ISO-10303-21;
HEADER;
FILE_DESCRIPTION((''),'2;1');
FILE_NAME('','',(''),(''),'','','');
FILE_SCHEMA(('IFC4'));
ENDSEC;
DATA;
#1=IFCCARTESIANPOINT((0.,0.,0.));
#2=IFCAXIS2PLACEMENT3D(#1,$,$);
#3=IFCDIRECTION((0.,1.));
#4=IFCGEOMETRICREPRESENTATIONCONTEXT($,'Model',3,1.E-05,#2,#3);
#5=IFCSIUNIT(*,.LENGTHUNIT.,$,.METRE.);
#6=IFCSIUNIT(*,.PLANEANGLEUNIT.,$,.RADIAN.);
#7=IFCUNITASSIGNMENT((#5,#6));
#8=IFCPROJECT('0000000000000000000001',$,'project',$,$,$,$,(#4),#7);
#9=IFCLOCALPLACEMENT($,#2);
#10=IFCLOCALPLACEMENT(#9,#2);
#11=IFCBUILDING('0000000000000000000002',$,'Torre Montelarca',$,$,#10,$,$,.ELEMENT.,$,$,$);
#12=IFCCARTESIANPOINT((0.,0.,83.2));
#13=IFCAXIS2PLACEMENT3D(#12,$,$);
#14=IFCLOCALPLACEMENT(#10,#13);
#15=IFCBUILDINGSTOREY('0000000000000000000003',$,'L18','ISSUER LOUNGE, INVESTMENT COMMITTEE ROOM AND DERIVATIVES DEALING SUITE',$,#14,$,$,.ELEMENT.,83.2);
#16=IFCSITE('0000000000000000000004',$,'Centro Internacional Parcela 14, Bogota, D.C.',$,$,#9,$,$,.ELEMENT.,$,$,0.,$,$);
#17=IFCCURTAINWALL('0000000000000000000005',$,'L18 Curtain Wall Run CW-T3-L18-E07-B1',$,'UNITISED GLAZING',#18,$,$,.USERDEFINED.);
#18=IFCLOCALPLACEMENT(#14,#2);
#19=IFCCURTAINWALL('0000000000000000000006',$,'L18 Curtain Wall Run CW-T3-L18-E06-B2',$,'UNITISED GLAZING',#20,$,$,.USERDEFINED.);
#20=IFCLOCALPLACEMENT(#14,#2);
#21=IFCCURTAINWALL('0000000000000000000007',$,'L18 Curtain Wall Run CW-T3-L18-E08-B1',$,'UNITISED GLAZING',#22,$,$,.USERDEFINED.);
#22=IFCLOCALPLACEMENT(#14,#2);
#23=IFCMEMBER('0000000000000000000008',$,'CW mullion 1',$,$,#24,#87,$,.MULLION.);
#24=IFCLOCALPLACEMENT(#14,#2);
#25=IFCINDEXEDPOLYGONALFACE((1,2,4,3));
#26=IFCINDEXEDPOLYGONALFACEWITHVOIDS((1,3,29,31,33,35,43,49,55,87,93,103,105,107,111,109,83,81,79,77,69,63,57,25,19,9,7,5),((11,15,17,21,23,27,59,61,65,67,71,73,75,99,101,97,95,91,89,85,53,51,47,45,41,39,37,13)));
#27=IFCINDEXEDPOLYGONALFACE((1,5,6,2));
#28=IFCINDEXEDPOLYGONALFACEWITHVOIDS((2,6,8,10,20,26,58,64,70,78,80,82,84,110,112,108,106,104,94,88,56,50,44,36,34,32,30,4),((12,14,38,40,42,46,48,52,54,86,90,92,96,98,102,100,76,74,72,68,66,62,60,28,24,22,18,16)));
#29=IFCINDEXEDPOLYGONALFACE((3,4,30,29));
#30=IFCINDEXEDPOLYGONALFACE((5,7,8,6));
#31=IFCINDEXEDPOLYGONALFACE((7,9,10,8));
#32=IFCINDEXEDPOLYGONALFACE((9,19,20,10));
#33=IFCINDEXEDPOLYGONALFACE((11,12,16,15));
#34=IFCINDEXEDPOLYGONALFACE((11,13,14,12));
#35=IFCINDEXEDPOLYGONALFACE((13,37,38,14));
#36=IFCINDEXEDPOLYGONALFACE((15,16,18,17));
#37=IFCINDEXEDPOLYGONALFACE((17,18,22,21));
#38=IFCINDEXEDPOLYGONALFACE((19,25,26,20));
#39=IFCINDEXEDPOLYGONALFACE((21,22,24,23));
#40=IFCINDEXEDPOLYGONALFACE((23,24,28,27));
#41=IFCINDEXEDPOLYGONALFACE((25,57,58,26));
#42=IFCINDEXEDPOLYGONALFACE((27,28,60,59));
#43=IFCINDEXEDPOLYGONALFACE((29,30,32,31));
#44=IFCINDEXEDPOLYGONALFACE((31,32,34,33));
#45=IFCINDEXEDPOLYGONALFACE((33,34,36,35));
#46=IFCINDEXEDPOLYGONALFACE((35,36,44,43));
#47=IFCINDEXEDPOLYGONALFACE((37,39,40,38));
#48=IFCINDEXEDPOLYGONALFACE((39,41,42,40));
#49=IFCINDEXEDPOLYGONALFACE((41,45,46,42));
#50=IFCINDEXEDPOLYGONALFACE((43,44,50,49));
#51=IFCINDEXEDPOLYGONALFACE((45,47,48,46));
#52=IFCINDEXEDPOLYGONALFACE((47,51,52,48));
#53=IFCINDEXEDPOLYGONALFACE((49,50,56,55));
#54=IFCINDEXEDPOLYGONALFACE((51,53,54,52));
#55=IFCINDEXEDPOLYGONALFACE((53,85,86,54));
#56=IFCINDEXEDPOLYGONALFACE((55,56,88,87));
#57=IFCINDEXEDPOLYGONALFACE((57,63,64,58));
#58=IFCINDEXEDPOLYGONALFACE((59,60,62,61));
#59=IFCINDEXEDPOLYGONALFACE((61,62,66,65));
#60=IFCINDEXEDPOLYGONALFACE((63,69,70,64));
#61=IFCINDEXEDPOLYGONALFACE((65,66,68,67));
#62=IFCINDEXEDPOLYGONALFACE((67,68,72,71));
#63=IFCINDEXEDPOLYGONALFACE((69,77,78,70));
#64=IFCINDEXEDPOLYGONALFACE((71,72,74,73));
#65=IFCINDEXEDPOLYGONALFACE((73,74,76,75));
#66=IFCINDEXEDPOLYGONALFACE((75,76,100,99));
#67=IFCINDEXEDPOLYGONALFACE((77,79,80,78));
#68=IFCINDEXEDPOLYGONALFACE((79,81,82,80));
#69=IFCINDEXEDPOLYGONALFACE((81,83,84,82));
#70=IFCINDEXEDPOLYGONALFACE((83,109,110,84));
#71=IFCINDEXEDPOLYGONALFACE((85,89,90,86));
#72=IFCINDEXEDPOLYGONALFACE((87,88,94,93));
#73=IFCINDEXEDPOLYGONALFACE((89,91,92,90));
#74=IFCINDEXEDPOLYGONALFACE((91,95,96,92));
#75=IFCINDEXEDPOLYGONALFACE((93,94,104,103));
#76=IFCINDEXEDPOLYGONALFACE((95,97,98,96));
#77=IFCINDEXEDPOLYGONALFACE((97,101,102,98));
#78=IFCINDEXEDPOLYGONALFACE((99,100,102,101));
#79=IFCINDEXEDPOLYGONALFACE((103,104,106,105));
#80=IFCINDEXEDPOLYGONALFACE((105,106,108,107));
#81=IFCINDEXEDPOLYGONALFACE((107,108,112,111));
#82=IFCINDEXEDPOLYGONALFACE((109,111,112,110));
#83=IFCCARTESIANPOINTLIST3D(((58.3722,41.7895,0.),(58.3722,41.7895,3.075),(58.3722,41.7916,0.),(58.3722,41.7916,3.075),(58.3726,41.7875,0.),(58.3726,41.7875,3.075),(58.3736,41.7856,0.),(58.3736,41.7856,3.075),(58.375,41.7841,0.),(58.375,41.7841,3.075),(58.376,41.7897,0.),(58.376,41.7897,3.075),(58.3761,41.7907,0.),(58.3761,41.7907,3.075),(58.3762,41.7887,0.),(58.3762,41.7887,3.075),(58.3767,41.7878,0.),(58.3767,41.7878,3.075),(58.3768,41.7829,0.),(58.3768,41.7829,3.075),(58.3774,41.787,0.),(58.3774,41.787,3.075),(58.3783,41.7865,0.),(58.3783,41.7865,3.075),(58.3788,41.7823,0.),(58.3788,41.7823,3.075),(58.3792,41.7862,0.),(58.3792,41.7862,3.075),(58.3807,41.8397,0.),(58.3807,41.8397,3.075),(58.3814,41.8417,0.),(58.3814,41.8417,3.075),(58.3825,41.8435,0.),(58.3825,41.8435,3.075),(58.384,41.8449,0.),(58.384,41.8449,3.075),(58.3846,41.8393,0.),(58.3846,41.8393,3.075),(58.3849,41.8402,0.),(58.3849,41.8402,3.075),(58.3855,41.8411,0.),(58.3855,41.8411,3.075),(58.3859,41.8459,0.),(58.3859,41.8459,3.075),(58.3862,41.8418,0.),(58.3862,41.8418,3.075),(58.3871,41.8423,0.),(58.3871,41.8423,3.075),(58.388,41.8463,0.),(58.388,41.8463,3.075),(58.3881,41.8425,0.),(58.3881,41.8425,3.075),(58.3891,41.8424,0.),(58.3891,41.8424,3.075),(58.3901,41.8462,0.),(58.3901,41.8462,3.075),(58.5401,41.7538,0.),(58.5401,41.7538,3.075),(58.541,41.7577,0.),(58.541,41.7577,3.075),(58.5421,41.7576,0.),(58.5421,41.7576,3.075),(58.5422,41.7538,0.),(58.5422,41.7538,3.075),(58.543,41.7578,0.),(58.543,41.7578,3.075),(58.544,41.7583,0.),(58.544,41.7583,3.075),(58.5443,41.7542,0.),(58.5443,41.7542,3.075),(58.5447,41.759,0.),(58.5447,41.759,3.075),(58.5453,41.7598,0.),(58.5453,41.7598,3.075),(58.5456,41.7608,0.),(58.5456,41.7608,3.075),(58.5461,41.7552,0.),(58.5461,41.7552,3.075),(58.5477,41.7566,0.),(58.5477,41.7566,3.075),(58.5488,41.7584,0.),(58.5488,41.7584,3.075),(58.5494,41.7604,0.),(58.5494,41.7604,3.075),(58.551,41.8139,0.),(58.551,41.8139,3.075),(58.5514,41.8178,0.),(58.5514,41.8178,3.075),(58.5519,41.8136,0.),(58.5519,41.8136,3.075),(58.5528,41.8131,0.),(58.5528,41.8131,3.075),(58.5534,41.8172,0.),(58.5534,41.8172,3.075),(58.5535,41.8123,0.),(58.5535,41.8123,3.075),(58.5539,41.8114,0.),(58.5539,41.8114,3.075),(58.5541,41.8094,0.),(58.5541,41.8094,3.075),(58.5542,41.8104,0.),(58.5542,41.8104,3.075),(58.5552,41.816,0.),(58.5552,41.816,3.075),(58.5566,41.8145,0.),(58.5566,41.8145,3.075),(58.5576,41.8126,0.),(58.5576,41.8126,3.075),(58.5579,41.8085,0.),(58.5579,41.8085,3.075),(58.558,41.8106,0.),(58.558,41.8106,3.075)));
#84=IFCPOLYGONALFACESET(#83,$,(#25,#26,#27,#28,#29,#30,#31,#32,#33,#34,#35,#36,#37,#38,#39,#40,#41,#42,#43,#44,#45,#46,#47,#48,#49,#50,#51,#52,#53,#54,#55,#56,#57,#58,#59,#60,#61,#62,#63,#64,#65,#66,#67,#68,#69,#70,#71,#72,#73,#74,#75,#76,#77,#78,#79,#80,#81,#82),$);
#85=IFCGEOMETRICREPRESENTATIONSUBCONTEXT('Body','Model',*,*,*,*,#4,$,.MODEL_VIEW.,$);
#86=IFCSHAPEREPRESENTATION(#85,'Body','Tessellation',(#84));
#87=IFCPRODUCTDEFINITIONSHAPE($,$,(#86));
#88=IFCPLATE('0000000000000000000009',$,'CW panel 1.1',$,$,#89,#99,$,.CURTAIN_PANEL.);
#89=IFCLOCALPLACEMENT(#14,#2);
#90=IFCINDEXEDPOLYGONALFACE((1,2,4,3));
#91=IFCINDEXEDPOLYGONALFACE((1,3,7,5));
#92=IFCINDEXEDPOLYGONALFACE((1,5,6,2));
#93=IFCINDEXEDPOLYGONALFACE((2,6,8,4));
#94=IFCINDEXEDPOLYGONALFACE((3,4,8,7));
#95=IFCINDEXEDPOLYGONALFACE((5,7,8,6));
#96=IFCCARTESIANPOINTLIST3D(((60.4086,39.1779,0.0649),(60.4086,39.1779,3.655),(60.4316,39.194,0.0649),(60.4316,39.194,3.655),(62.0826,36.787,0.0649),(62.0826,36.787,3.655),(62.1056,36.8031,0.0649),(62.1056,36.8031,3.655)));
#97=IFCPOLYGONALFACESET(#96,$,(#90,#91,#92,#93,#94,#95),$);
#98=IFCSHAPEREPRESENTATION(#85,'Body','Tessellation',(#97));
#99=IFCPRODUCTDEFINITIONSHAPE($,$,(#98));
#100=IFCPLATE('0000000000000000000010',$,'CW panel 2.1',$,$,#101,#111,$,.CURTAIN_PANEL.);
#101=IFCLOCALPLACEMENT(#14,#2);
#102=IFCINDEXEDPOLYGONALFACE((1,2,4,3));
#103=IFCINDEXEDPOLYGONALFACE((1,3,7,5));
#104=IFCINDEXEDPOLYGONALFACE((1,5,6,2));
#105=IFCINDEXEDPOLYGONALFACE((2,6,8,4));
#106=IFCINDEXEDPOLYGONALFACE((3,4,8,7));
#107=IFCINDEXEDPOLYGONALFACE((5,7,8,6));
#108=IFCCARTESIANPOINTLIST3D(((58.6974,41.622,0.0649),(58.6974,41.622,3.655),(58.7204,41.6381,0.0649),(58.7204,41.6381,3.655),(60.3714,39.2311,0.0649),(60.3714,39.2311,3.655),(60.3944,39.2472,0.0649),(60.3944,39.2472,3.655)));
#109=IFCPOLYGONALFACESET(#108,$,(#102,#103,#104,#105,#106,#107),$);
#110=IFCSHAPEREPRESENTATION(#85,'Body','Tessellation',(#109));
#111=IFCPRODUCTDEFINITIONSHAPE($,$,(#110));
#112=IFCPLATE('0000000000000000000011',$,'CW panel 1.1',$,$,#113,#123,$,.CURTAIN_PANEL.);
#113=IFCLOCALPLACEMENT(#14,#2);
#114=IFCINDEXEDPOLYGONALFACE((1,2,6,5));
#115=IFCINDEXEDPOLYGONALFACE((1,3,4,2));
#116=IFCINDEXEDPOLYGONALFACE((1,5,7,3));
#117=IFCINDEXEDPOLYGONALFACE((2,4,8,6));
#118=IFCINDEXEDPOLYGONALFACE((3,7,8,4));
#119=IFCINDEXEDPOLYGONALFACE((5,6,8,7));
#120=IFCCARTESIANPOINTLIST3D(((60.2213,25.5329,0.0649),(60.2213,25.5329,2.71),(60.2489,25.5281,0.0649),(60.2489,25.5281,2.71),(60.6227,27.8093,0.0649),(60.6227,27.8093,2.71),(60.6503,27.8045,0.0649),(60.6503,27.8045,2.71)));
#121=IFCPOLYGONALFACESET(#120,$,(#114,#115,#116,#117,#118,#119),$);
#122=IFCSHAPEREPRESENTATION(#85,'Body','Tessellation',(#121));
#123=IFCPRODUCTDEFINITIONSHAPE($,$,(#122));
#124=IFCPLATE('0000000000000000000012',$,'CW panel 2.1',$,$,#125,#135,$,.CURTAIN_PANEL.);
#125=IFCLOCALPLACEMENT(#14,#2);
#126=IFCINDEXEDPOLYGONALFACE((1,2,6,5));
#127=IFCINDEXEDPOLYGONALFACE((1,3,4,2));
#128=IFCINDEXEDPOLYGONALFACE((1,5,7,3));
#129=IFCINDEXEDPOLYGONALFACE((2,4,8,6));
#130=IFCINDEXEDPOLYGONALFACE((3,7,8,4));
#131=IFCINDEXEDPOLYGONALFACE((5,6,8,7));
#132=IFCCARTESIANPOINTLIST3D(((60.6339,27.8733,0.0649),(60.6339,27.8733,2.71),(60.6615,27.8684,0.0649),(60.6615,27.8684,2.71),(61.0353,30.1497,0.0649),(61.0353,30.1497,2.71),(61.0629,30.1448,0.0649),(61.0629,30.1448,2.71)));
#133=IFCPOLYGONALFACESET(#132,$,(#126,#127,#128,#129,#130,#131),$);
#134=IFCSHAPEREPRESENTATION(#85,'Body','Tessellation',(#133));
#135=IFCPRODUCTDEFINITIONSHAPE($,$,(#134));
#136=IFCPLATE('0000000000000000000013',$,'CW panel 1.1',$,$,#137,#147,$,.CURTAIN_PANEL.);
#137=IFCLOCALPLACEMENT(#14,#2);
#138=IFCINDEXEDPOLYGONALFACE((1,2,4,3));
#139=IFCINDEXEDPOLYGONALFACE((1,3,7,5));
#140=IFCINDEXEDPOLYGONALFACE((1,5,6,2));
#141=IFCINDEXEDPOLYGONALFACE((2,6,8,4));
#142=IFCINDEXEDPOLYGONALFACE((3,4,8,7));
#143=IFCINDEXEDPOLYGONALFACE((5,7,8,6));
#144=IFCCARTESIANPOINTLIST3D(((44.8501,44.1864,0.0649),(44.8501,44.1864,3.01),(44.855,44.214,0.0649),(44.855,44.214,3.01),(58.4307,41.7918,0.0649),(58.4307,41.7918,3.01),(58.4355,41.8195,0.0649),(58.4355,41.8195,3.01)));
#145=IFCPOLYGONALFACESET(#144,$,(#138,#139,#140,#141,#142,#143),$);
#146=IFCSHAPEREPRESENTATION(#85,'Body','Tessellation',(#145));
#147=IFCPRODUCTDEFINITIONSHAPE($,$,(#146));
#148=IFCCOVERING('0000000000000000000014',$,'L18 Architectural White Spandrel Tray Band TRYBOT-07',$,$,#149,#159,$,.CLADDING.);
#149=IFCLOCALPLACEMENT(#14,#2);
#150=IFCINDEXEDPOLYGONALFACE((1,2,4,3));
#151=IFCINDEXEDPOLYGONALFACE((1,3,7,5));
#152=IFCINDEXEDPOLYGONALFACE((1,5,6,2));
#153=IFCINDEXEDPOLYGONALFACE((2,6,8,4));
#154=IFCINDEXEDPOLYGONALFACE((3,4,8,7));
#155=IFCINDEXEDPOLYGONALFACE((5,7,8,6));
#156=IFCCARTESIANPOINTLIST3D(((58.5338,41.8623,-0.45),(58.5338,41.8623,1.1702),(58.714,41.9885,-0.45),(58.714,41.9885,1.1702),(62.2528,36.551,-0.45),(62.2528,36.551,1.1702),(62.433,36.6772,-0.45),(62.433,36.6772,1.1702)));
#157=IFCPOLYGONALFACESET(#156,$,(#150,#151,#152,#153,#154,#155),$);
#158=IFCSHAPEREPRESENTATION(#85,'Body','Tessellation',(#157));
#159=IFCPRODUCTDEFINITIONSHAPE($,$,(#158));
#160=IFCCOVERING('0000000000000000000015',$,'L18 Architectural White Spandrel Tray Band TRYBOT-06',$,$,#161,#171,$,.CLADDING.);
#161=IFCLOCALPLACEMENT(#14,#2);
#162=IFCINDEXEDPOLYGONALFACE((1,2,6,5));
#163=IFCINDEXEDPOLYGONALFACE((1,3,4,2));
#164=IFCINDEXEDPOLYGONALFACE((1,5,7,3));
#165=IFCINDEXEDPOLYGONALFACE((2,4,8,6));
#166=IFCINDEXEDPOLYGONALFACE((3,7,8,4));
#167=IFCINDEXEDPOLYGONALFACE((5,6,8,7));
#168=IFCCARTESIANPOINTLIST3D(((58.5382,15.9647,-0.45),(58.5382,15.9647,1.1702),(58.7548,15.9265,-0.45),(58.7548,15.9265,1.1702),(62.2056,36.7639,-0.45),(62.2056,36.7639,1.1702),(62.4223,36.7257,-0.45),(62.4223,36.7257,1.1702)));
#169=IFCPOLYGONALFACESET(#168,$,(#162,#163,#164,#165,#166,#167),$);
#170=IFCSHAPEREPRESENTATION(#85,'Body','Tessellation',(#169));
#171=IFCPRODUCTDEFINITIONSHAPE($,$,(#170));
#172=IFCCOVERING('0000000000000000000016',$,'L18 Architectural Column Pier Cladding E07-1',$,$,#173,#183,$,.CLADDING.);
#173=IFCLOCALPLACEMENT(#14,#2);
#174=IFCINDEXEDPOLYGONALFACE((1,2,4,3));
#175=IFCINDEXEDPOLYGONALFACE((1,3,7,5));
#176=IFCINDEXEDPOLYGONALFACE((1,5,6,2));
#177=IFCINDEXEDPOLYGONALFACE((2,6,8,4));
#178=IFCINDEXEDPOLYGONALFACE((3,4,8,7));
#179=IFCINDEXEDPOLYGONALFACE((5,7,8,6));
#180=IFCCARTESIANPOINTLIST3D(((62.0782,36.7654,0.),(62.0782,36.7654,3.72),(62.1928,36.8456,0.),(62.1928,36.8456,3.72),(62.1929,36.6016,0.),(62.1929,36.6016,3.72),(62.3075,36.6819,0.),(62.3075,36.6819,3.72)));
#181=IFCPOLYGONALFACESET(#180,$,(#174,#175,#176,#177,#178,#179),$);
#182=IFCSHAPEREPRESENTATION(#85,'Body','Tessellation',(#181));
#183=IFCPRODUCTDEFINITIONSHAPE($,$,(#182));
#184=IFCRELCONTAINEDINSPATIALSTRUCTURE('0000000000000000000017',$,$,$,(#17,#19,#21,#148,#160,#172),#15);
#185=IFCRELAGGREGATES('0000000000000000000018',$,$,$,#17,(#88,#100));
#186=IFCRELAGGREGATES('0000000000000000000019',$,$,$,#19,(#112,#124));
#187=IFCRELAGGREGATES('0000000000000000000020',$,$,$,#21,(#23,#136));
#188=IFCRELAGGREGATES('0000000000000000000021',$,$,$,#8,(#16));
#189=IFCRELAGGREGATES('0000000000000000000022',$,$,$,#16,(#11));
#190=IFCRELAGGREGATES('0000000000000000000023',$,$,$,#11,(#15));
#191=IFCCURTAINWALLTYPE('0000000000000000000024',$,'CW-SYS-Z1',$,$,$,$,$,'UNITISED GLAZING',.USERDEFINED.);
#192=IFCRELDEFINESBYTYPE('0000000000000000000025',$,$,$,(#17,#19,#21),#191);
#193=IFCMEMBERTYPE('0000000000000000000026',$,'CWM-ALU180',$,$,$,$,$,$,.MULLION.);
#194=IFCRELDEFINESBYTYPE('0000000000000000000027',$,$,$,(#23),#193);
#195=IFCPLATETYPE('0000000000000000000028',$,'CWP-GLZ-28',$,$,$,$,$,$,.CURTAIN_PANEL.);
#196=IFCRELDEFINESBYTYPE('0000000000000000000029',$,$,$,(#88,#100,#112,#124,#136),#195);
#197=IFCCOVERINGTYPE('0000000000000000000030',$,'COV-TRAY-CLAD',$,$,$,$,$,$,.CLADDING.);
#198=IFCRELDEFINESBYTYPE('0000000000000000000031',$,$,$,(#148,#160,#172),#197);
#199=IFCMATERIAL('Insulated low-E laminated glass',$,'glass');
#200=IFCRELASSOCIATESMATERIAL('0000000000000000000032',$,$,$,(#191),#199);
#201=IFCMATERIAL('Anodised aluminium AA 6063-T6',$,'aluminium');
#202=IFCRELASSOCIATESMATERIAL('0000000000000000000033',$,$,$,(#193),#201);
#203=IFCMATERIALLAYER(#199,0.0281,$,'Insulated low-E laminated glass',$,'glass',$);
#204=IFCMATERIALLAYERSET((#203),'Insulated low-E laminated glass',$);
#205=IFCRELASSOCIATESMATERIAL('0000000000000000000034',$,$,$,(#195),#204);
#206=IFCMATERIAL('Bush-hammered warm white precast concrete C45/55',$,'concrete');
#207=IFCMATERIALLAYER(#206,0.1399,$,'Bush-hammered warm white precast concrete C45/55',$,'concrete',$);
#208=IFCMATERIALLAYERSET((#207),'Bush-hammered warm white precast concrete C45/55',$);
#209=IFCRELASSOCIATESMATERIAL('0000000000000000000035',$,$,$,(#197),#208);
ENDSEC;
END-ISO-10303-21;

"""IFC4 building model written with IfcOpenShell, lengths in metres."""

from ifc_helpers import new_model, si_unit, direction, frame, origin, origin_2d, place, context, subcontext, project, spatial, rectangle, hollow_rectangle, extrude, source, transform, mapped, material, layer, layer_set, material_profile, profile_set, type_object, element, aggregate, save


model = new_model("IFC4")

# Units and contexts
model_context = context("Model", 3, precision=1e-05, world=origin(), true_north=direction((0.0, 1.0)))
body_context = subcontext(model_context, "Body", "Model", "MODEL_VIEW")
ifc_project = project(units=[si_unit("LENGTHUNIT", "METRE"), si_unit("PLANEANGLEUNIT", "RADIAN")], contexts=[model_context])

# Site, building, storey
site_placement = place(None, origin())
site = spatial("IfcSite", under=ifc_project, at=site_placement, Name="Centro Internacional Parcela 14, Bogota, D.C.", CompositionType="ELEMENT", RefElevation=0.0)
building_placement = place(site_placement, origin())
building = spatial("IfcBuilding", under=site, at=building_placement, Name="Torre Montelarca", CompositionType="ELEMENT")
storey_placement = place(building_placement, frame((0.0, 0.0, 83.2)))
storey = spatial("IfcBuildingStorey", under=building, at=storey_placement, Name="L18", Description="ISSUER LOUNGE, INVESTMENT COMMITTEE ROOM AND DERIVATIVES DEALING SUITE", CompositionType="ELEMENT", Elevation=83.2)

# Curtain walls
ifc_material_1 = material(Name="Insulated low-E laminated glass", Category="glass")
curtain_wall_type = type_object("IfcCurtainWallType", Name="CW-SYS-Z1", ElementType="UNITISED GLAZING", PredefinedType="USERDEFINED", material=ifc_material_1)
curtain_wall_1_placement = place(storey_placement, origin())
curtain_wall_1 = element("IfcCurtainWall", 1, at=curtain_wall_1_placement, inside=storey, type_object=curtain_wall_type, Name="L18 Curtain Wall Run CW-T3-L18-E07-B1", ObjectType="UNITISED GLAZING", PredefinedType="USERDEFINED")
ifc_material_2 = material(Name="Anodised aluminium AA 6063-T6", Category="aluminium")
curtain_wall_2_placement = place(storey_placement, origin())
curtain_wall_2 = element("IfcCurtainWall", 2, at=curtain_wall_2_placement, inside=storey, type_object=curtain_wall_type, Name="L18 Curtain Wall Run CW-T3-L18-E06-B2", ObjectType="UNITISED GLAZING", PredefinedType="USERDEFINED")
curtain_wall_3_placement = place(storey_placement, origin())
curtain_wall_3 = element("IfcCurtainWall", 3, at=curtain_wall_3_placement, inside=storey, type_object=curtain_wall_type, Name="L18 Curtain Wall Run CW-T3-L18-E08-B1", ObjectType="UNITISED GLAZING", PredefinedType="USERDEFINED")

# Member
ifc_material_profile_1 = material_profile(ifc_material_2, hollow_rectangle(XDim=0.0649, YDim=0.1799, WallThickness=0.0039, InnerFilletRadius=0.0039, OuterFilletRadius=0.0081, at=origin_2d()), Name="ALU65X180X4", Category="aluminium")
ifc_profile_set_1 = profile_set([ifc_material_profile_1], Name="Anodised aluminium AA 6063-T6")
member_type_1 = type_object("IfcMemberType", Name="CWM-ALU180", PredefinedType="MULLION", material=ifc_profile_set_1)
shared_shape_1 = source(origin(), body_context, "Body", "SweptSolid", [
    extrude(hollow_rectangle(XDim=0.0649, YDim=0.1799, WallThickness=0.0039, InnerFilletRadius=0.0039, OuterFilletRadius=0.0081, at=origin_2d()), origin(), (0.0, 0.0, 1.0), 3.075),
])
member_1_placement = place(storey_placement, frame((58.4651, 41.8, 0.0), z_axis=(0.0, 0.0, 1.0), x_axis=(-0.173645, -0.984808, 0.0)))
member_1 = element("IfcMember", 4, at=member_1_placement, type_object=member_type_1, Name="CW mullion 1", PredefinedType="MULLION", context=body_context, shape_type="MappedRepresentation", body=[
    mapped(shared_shape_1, transform((0.0, 0.0, 0.0), scale=1.0)),
])

# Plates
ifc_layer_1 = layer(ifc_material_1, 0.0281, Name="Insulated low-E laminated glass", Category="glass")
ifc_layer_set_1 = layer_set([ifc_layer_1], Name="Insulated low-E laminated glass")
plate_type = type_object("IfcPlateType", Name="CWP-GLZ-28", PredefinedType="CURTAIN_PANEL", material=ifc_layer_set_1)
shared_shape_2 = source(origin(), body_context, "Body", "SweptSolid", [
    extrude(rectangle(XDim=2.9187, YDim=0.0281, at=origin_2d()), origin(), (0.0, 0.0, 1.0), 3.5901),
])
plate_1_placement = place(storey_placement, frame((61.2571, 37.9905, 0.0649), z_axis=(0.0, 0.0, 1.0), x_axis=(-0.573546, 0.819174, 0.0)))
plate_1 = element("IfcPlate", 5, at=plate_1_placement, type_object=plate_type, Name="CW panel 1.1", PredefinedType="CURTAIN_PANEL", context=body_context, shape_type="MappedRepresentation", body=[
    mapped(shared_shape_2, transform((0.0, 0.0, 0.0), scale=1.0)),
])
plate_2_placement = place(storey_placement, frame((59.5459, 40.4346, 0.0649), z_axis=(0.0, 0.0, 1.0), x_axis=(-0.573546, 0.819174, 0.0)))
plate_2 = element("IfcPlate", 6, at=plate_2_placement, type_object=plate_type, Name="CW panel 2.1", PredefinedType="CURTAIN_PANEL", context=body_context, shape_type="MappedRepresentation", body=[
    mapped(shared_shape_2, transform((0.0, 0.0, 0.0), scale=1.0)),
])
aggregate(curtain_wall_1, [plate_1, plate_2])
shared_shape_3 = source(origin(), body_context, "Body", "SweptSolid", [
    extrude(rectangle(XDim=2.3115, YDim=0.0281, at=origin_2d()), origin(), (0.0, 0.0, 1.0), 2.645),
])
plate_3_placement = place(storey_placement, frame((60.4358, 26.6687, 0.0649), z_axis=(0.0, 0.0, 1.0), x_axis=(0.173644, 0.984808, 0.0)))
plate_3 = element("IfcPlate", 7, at=plate_3_placement, type_object=plate_type, Name="CW panel 1.1", PredefinedType="CURTAIN_PANEL", context=body_context, shape_type="MappedRepresentation", body=[
    mapped(shared_shape_3, transform((0.0, 0.0, 0.0), scale=1.0)),
])
plate_4_placement = place(storey_placement, frame((60.8484, 29.009, 0.0649), z_axis=(0.0, 0.0, 1.0), x_axis=(0.173644, 0.984808, 0.0)))
plate_4 = element("IfcPlate", 8, at=plate_4_placement, type_object=plate_type, Name="CW panel 2.1", PredefinedType="CURTAIN_PANEL", context=body_context, shape_type="MappedRepresentation", body=[
    mapped(shared_shape_3, transform((0.0, 0.0, 0.0), scale=1.0)),
])
aggregate(curtain_wall_2, [plate_3, plate_4])
shared_shape_4 = source(origin(), body_context, "Body", "SweptSolid", [
    extrude(rectangle(XDim=13.79, YDim=0.0281, at=origin_2d()), origin(), (0.0, 0.0, 1.0), 2.9451),
])
plate_5_placement = place(storey_placement, frame((51.6428, 43.0029, 0.0649), z_axis=(0.0, 0.0, 1.0), x_axis=(-0.984808, 0.173645, 0.0)))
plate_5 = element("IfcPlate", 9, at=plate_5_placement, type_object=plate_type, Name="CW panel 1.1", PredefinedType="CURTAIN_PANEL", context=body_context, shape_type="MappedRepresentation", body=[
    mapped(shared_shape_4, transform((0.0, 0.0, 0.0), scale=1.0)),
])
aggregate(curtain_wall_3, [member_1, plate_5])

# Coverings
ifc_material_3 = material(Name="Bush-hammered warm white precast concrete C45/55", Category="concrete")
ifc_layer_2 = layer(ifc_material_3, 0.1399, Name="Bush-hammered warm white precast concrete C45/55", Category="concrete")
ifc_layer_set_2 = layer_set([ifc_layer_2], Name="Bush-hammered warm white precast concrete C45/55")
covering_type = type_object("IfcCoveringType", Name="COV-TRAY-CLAD", PredefinedType="CLADDING", material=ifc_layer_set_2)
shared_shape_5 = source(origin(), body_context, "Body", "SweptSolid", [
    extrude(rectangle(XDim=6.4839, YDim=0.22, at=origin_2d()), origin(), (0.0, 0.0, 1.0), 1.6201),
])
covering_1_placement = place(storey_placement, frame((60.4834, 39.2698, -0.45), z_axis=(0.0, 0.0, 1.0), x_axis=(-0.573571, 0.819156, 0.0)))
element("IfcCovering", 10, at=covering_1_placement, inside=storey, type_object=covering_type, Name="L18 Architectural White Spandrel Tray Band TRYBOT-07", PredefinedType="CLADDING", context=body_context, shape_type="MappedRepresentation", body=[
    mapped(shared_shape_5, transform((0.0, 0.0, 0.0), scale=1.0)),
])
shared_shape_6 = source(origin(), body_context, "Body", "SweptSolid", [
    extrude(rectangle(XDim=21.1201, YDim=0.22, at=origin_2d()), origin(), (0.0, 0.0, 1.0), 1.6201),
])
covering_2_placement = place(storey_placement, frame((60.4802, 26.3452, -0.45), z_axis=(0.0, 0.0, 1.0), x_axis=(0.173648, 0.984808, 0.0)))
element("IfcCovering", 11, at=covering_2_placement, inside=storey, type_object=covering_type, Name="L18 Architectural White Spandrel Tray Band TRYBOT-06", PredefinedType="CLADDING", context=body_context, shape_type="MappedRepresentation", body=[
    mapped(shared_shape_6, transform((0.0, 0.0, 0.0), scale=1.0)),
])
shared_shape_7 = source(origin(), body_context, "Body", "SweptSolid", [
    extrude(rectangle(XDim=0.2, YDim=0.1399, at=origin_2d()), origin(), (0.0, 0.0, 1.0), 3.72),
])
for number, where, z_axis, x_axis, name in (
    (12, (62.1929, 36.7236, 0.0), (0.0, 0.0, 1.0), (-0.573558, 0.819165, 0.0), "L18 Architectural Column Pier Cladding E07-1"),
):
    element("IfcCovering", number, at=place(storey_placement, frame(where, z_axis=z_axis, x_axis=x_axis)), inside=storey, type_object=covering_type, Name=name, PredefinedType="CLADDING", context=body_context, shape_type="MappedRepresentation", body=[
        mapped(shared_shape_7, transform((0.0, 0.0, 0.0), scale=1.0)),
    ])

save(model, "model.ifc")
